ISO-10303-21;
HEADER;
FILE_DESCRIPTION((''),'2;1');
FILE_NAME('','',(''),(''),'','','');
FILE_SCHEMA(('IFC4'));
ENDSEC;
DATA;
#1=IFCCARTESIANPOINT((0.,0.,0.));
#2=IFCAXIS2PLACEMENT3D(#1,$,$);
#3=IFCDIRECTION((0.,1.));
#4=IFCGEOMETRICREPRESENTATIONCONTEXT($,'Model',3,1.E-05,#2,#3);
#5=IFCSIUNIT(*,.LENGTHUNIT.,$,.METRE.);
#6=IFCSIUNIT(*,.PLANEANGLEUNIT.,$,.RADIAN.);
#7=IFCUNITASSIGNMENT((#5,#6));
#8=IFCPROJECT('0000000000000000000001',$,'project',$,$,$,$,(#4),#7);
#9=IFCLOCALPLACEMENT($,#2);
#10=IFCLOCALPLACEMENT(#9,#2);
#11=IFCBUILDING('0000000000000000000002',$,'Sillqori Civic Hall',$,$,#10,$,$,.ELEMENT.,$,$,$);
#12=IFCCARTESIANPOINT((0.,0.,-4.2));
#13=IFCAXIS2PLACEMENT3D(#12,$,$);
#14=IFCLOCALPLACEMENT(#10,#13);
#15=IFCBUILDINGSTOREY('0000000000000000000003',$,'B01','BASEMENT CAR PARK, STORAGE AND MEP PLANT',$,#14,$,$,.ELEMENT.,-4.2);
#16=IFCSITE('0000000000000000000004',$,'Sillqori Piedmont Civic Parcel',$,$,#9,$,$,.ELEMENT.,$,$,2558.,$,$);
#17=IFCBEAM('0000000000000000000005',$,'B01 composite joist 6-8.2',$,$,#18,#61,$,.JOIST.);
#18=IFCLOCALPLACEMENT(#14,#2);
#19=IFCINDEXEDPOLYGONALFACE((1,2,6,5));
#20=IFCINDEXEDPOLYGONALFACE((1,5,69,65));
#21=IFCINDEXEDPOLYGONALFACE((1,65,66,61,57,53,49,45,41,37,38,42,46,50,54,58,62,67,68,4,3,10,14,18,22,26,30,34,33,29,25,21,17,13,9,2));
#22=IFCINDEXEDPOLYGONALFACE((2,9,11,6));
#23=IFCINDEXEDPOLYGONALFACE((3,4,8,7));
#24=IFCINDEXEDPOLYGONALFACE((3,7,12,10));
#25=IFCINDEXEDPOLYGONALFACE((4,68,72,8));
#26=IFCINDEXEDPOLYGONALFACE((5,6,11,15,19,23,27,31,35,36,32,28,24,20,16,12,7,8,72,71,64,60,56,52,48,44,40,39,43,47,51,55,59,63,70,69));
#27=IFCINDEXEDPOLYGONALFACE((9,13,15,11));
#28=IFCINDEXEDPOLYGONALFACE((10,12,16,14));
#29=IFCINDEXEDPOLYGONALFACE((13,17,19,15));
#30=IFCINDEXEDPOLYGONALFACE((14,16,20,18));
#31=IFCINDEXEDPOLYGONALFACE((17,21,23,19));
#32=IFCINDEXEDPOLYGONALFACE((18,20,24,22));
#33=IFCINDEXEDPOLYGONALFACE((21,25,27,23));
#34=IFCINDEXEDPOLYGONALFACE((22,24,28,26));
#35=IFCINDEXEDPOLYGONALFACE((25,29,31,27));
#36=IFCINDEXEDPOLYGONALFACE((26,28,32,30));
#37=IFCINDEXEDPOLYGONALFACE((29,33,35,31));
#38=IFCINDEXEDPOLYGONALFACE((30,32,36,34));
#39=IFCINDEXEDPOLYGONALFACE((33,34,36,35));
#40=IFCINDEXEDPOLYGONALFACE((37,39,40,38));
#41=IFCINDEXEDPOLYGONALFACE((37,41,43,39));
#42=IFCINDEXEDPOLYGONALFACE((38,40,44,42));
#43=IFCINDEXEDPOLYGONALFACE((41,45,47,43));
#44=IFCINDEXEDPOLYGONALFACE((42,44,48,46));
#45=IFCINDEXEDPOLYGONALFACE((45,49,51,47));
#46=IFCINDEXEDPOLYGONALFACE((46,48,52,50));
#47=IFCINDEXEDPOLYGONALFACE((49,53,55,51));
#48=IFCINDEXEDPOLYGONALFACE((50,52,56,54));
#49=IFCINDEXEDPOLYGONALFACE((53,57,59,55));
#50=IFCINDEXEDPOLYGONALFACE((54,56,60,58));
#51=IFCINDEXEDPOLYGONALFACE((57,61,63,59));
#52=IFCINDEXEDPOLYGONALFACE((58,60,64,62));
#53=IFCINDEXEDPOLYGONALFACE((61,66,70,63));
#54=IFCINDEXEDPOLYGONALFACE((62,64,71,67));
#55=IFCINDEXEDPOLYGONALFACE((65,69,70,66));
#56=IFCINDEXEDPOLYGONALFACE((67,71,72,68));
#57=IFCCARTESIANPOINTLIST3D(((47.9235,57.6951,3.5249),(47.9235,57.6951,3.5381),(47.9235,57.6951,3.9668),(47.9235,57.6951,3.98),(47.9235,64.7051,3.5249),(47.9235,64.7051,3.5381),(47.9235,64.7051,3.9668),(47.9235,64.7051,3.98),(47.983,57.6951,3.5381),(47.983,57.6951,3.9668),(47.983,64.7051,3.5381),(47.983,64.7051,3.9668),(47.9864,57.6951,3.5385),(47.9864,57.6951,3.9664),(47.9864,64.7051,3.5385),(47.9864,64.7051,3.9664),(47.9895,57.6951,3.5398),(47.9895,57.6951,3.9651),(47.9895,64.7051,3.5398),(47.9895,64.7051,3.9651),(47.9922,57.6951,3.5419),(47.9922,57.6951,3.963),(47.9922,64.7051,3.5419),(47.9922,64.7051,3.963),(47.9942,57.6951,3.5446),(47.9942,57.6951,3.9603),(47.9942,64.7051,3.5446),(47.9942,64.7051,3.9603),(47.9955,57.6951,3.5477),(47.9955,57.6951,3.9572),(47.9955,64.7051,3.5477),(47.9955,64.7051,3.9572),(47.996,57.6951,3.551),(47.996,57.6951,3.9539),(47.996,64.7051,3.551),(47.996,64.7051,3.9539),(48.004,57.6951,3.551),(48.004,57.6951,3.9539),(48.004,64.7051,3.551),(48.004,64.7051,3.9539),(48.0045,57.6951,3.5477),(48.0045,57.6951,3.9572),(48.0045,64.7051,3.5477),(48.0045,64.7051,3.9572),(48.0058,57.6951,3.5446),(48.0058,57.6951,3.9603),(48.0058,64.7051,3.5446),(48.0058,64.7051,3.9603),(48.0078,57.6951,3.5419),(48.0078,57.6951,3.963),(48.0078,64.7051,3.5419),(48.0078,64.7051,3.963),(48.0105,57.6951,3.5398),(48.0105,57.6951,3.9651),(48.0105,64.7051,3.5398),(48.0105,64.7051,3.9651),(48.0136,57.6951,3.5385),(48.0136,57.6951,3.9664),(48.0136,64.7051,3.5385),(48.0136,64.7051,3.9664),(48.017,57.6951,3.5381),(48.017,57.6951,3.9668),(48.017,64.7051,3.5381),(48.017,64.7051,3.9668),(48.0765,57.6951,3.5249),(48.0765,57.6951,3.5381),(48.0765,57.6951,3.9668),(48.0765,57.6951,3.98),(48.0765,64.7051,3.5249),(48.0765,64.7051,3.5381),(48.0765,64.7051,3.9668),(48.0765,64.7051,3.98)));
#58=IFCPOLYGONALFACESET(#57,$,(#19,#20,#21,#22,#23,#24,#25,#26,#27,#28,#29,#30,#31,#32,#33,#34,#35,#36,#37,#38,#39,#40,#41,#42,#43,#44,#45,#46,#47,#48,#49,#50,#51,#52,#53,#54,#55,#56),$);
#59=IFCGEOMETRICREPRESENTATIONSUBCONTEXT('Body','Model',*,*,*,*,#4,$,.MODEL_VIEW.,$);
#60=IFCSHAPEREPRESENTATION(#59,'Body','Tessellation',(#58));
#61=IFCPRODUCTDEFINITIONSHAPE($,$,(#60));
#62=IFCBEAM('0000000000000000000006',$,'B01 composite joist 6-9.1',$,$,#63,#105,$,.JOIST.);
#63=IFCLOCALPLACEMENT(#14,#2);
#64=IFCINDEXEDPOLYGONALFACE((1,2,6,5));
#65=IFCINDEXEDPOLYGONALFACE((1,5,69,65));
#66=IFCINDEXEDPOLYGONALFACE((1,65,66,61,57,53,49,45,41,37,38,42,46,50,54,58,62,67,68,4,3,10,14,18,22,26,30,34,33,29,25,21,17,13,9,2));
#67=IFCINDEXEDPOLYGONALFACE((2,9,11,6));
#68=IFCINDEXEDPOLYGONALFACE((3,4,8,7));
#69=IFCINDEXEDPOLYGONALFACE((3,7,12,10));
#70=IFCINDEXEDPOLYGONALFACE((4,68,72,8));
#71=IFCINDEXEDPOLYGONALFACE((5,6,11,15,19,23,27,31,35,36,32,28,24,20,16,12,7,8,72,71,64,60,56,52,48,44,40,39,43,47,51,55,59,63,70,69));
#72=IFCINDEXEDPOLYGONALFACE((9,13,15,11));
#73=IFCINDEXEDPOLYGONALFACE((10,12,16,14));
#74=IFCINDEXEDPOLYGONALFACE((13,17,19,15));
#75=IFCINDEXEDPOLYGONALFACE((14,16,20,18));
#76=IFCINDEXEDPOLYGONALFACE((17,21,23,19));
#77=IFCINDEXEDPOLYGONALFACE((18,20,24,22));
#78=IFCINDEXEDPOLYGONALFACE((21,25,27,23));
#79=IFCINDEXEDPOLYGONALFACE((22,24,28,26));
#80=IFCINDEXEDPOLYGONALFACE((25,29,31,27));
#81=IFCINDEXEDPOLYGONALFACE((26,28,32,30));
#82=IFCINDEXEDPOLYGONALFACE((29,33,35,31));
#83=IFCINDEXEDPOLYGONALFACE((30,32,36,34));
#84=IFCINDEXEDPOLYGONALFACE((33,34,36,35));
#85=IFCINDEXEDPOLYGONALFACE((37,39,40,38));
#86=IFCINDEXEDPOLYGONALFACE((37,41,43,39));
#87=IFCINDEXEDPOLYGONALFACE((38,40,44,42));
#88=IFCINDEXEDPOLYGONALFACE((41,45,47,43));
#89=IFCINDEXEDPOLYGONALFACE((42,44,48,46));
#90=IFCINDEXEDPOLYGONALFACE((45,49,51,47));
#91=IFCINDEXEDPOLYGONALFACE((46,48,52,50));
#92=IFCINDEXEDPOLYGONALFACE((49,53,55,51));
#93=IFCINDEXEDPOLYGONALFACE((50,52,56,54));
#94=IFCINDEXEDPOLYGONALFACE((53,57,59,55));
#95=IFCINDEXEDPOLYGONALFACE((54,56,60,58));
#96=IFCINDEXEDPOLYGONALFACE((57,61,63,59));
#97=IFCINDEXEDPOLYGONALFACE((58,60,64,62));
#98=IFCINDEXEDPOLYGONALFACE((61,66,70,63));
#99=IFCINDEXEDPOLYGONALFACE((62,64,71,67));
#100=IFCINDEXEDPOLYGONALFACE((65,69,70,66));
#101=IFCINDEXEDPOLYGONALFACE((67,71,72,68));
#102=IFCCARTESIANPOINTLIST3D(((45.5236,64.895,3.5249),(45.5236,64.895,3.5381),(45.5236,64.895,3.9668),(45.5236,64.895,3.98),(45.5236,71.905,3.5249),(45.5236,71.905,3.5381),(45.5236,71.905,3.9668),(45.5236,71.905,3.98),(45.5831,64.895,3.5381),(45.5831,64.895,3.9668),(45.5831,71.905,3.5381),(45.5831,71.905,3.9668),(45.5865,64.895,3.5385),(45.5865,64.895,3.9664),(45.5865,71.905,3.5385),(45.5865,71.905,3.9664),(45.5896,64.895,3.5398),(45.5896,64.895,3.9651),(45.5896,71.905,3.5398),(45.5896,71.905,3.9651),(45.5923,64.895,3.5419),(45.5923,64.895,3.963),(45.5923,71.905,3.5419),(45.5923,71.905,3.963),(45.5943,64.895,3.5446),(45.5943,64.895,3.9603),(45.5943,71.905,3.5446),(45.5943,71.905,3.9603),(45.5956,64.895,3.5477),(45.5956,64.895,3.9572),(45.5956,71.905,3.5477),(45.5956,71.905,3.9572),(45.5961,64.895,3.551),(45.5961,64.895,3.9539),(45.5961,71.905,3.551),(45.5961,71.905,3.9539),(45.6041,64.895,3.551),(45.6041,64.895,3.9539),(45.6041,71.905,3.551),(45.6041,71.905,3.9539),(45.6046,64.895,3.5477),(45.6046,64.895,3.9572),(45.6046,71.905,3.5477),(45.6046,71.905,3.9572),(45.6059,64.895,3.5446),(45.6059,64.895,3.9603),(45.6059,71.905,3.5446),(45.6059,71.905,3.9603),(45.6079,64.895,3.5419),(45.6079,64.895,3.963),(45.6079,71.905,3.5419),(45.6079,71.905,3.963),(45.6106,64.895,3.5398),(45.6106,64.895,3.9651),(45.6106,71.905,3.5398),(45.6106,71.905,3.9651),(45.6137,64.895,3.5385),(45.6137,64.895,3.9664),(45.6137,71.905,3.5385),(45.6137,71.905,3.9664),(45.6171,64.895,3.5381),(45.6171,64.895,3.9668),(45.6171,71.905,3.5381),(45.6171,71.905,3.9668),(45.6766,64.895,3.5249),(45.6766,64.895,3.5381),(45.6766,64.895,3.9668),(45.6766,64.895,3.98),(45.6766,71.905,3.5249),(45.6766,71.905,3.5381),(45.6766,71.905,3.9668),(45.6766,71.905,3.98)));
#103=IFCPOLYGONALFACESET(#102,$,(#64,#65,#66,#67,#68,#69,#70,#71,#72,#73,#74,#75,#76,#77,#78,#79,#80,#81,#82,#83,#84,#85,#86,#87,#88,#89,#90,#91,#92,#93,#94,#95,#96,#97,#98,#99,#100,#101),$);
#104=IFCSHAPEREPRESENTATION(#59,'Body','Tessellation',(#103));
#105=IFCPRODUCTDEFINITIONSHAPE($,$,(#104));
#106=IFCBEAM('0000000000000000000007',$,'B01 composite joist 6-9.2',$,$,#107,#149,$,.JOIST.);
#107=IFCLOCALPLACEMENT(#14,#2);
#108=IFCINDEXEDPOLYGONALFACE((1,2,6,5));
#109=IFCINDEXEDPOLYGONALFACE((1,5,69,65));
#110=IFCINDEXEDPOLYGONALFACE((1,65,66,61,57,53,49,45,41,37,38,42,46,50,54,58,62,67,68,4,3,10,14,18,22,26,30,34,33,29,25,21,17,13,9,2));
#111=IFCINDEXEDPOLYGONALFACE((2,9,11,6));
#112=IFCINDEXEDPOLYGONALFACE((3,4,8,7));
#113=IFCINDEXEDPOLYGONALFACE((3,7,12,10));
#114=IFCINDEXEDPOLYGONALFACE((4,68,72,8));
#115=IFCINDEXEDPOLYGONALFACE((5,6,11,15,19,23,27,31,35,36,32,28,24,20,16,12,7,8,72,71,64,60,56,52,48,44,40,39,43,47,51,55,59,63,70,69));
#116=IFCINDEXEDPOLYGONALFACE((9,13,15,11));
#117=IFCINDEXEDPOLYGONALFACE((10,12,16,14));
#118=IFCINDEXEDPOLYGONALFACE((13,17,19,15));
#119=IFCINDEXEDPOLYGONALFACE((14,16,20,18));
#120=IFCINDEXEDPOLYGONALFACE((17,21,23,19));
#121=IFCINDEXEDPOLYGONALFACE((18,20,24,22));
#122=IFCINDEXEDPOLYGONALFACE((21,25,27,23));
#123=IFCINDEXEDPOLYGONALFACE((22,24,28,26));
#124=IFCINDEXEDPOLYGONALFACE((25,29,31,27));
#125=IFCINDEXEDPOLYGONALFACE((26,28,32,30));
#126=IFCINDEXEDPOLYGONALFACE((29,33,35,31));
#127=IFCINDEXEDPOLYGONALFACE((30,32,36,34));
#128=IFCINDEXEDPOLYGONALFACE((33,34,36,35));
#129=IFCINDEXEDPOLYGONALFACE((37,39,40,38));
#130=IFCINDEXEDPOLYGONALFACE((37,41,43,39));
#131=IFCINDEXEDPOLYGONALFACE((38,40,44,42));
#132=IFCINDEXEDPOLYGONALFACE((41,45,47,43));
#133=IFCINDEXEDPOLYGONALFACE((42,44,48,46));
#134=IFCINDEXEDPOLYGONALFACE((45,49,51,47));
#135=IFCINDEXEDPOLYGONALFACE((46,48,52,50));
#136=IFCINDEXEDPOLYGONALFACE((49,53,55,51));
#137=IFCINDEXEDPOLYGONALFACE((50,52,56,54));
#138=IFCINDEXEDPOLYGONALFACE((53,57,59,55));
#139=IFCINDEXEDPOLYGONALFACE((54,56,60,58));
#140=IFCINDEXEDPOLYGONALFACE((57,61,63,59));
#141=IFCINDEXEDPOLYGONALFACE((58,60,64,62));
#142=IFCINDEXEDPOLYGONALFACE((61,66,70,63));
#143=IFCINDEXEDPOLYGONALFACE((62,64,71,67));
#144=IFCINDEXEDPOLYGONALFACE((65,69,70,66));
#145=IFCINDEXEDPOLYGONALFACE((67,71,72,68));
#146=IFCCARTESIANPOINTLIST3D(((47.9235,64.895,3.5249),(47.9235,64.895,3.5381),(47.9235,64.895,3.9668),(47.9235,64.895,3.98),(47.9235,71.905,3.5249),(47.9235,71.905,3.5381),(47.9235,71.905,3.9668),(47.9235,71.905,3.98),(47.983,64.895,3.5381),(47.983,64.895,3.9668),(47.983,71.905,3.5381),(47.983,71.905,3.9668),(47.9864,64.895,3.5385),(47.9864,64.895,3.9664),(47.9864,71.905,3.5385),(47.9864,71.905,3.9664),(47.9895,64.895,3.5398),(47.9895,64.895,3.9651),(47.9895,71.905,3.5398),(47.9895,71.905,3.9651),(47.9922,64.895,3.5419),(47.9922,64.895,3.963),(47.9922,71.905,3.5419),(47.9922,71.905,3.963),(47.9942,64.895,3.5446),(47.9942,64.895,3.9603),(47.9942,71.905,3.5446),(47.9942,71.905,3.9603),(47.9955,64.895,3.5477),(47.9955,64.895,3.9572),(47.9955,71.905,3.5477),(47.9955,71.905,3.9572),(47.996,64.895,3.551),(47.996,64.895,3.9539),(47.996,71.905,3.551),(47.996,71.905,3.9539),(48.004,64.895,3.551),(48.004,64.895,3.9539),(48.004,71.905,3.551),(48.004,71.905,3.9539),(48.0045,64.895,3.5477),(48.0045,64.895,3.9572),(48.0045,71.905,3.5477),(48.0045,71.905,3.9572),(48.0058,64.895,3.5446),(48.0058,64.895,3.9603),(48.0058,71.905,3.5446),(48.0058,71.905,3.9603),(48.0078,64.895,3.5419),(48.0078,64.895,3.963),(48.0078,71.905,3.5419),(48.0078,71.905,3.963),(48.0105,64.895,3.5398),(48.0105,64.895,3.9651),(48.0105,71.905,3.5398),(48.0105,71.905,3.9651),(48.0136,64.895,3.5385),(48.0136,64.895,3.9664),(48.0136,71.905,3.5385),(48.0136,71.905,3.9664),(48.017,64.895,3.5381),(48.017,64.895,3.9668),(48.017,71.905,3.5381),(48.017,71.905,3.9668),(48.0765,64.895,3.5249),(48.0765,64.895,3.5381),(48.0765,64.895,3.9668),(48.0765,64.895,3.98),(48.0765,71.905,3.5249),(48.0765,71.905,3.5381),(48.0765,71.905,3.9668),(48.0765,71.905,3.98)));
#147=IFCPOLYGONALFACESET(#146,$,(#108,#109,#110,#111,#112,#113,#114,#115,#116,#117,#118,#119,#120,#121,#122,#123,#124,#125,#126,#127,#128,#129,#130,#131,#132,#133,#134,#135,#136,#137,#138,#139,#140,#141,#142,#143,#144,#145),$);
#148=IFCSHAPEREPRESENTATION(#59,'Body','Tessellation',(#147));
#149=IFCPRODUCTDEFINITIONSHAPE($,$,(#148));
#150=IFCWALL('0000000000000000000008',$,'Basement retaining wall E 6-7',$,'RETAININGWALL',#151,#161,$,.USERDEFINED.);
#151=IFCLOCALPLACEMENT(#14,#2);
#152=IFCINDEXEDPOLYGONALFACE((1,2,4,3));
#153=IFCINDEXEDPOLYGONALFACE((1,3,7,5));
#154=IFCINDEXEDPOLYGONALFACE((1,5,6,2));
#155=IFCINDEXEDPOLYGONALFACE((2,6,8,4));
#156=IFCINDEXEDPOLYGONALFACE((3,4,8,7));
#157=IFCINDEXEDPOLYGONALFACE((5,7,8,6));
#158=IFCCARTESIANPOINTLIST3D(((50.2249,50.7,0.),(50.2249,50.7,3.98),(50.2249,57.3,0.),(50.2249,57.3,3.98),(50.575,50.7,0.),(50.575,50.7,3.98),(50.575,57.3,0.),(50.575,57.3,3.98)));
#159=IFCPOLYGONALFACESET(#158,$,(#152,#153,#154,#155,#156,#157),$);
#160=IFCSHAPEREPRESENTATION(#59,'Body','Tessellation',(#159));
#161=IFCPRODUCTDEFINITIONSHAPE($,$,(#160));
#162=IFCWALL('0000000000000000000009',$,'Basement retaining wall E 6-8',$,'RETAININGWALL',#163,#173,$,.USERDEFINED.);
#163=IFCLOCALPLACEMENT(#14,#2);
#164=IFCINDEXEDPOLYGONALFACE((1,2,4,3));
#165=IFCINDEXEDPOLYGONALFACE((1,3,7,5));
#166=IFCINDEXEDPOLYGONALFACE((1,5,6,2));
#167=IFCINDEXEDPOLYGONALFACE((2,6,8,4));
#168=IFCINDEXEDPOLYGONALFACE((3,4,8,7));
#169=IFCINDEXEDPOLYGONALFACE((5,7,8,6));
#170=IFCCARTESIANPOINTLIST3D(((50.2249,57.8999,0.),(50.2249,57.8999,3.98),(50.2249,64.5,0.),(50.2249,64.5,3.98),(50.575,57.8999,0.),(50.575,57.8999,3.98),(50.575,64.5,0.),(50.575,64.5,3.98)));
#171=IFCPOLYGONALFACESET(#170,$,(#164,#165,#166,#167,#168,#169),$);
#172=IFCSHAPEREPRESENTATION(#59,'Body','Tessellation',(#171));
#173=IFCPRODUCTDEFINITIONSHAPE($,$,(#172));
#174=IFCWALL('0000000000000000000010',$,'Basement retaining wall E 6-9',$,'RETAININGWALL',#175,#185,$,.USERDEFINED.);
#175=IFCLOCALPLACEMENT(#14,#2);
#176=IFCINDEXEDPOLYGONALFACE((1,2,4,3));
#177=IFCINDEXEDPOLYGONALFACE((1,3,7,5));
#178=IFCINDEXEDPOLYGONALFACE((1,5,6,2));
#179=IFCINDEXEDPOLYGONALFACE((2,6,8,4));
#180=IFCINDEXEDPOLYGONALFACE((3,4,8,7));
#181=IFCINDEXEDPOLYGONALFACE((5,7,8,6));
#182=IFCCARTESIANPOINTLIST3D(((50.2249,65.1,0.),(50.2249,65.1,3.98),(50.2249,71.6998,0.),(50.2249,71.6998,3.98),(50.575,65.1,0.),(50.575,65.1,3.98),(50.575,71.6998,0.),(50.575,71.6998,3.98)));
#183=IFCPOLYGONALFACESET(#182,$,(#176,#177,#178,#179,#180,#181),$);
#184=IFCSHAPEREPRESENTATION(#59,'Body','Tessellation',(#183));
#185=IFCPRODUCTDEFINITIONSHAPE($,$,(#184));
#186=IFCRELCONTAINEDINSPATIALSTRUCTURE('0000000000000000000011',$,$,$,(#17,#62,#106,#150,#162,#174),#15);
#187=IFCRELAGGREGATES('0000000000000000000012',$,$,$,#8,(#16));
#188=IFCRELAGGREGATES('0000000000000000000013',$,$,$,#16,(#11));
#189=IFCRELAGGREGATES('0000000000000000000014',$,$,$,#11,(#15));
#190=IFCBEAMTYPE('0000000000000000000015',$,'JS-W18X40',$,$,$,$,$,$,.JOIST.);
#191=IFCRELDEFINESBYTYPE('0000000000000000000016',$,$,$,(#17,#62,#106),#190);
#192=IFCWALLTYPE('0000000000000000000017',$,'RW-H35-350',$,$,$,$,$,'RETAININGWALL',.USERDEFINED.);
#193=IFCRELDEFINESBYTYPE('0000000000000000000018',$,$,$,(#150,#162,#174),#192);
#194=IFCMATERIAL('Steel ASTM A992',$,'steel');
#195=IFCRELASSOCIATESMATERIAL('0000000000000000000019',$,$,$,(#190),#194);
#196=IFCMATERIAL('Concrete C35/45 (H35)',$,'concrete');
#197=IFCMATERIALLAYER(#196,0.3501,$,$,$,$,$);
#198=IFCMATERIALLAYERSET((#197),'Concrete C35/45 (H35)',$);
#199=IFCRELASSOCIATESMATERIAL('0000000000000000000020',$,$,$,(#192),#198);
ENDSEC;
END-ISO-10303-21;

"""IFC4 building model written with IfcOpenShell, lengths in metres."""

from ifc_helpers import new_model, si_unit, direction, frame, frame_2d, origin, origin_2d, place, context, subcontext, project, spatial, rectangle, i_section, extrude, material, layer, layer_set, material_profile, profile_set, type_object, element, save


model = new_model("IFC4")

# Units and contexts
model_context = context("Model", 3, precision=1e-05, world=origin(), true_north=direction((0.0, 1.0)))
body_context = subcontext(model_context, "Body", "Model", "MODEL_VIEW")
ifc_project = project(units=[si_unit("LENGTHUNIT", "METRE"), si_unit("PLANEANGLEUNIT", "RADIAN")], contexts=[model_context])

# Site, building, storey
site_placement = place(None, origin())
site = spatial("IfcSite", under=ifc_project, at=site_placement, Name="Sillqori Piedmont Civic Parcel", CompositionType="ELEMENT", RefElevation=2558.0)
building_placement = place(site_placement, origin())
building = spatial("IfcBuilding", under=site, at=building_placement, Name="Sillqori Civic Hall", CompositionType="ELEMENT")
storey_placement = place(building_placement, frame((0.0, 0.0, -4.2)))
storey = spatial("IfcBuildingStorey", under=building, at=storey_placement, Name="B01", Description="BASEMENT CAR PARK, STORAGE AND MEP PLANT", CompositionType="ELEMENT", Elevation=-4.2)

# Shared definitions
ifc_material_1 = material(Name="Concrete C35/45 (H35)", Category="concrete")

# Beams
ifc_material_2 = material(Name="Steel ASTM A992", Category="steel")
ifc_material_profile_1 = material_profile(ifc_material_2, i_section(OverallWidth=0.1531, OverallDepth=0.4551, WebThickness=0.0081, FlangeThickness=0.0132, FilletRadius=0.0129, at=origin_2d()), Name="W18X40")
ifc_profile_set_1 = profile_set([ifc_material_profile_1], Name="Steel ASTM A992")
beam_type_1 = type_object("IfcBeamType", Name="JS-W18X40", PredefinedType="JOIST", material=ifc_profile_set_1)
for number, where, z_axis, x_axis, name in (
    (1, (48.0, 57.6951, 3.7524), (0.0, 1.0, 0.0), (-1.0, 0.0, 0.0), "B01 composite joist 6-8.2"),
    (2, (45.6001, 64.895, 3.7524), (0.0, 1.0, 0.0), (-1.0, 0.0, 0.0), "B01 composite joist 6-9.1"),
    (3, (48.0, 64.895, 3.7524), (0.0, 1.0, 0.0), (-1.0, 0.0, 0.0), "B01 composite joist 6-9.2"),
):
    element("IfcBeam", number, at=place(storey_placement, frame(where, z_axis=z_axis, x_axis=x_axis)), inside=storey, type_object=beam_type_1, Name=name, PredefinedType="JOIST", context=body_context, shape_type="SweptSolid", body=[
        extrude(i_section(OverallWidth=0.1531, OverallDepth=0.4551, WebThickness=0.0081, FlangeThickness=0.0132, FilletRadius=0.0129, at=origin_2d()), origin(), (0.0, 0.0, 1.0), 7.01),
    ])

# Walls
ifc_layer = layer(ifc_material_1, 0.3501)
ifc_layer_set = layer_set([ifc_layer], Name="Concrete C35/45 (H35)")
wall_type = type_object("IfcWallType", Name="RW-H35-350", ElementType="RETAININGWALL", PredefinedType="USERDEFINED", material=ifc_layer_set)
for number, where, z_axis, x_axis, name in (
    (4, (50.3999, 50.7, 0.0), (0.0, 0.0, 1.0), (0.0, 1.0, 0.0), "Basement retaining wall E 6-7"),
    (5, (50.3999, 57.8999, 0.0), (0.0, 0.0, 1.0), (0.0, 1.0, 0.0), "Basement retaining wall E 6-8"),
):
    element("IfcWall", number, at=place(storey_placement, frame(where, z_axis=z_axis, x_axis=x_axis)), inside=storey, type_object=wall_type, Name=name, ObjectType="RETAININGWALL", PredefinedType="USERDEFINED", context=body_context, shape_type="SweptSolid", body=[
        extrude(rectangle(XDim=6.6001, YDim=0.3501, at=frame_2d((3.3, 0.0))), origin(), (0.0, 0.0, 1.0), 3.98),
    ])
wall_placement = place(storey_placement, frame((50.3999, 65.1001, 0.0), z_axis=(0.0, 0.0, 1.0), x_axis=(0.0, 1.0, 0.0)))
element("IfcWall", 6, at=wall_placement, inside=storey, type_object=wall_type, Name="Basement retaining wall E 6-9", ObjectType="RETAININGWALL", PredefinedType="USERDEFINED", context=body_context, shape_type="SweptSolid", body=[
    extrude(rectangle(XDim=6.5999, YDim=0.3501, at=frame_2d((3.2998, 0.0))), origin(), (0.0, 0.0, 1.0), 3.98),
])

save(model, "model.ifc")
